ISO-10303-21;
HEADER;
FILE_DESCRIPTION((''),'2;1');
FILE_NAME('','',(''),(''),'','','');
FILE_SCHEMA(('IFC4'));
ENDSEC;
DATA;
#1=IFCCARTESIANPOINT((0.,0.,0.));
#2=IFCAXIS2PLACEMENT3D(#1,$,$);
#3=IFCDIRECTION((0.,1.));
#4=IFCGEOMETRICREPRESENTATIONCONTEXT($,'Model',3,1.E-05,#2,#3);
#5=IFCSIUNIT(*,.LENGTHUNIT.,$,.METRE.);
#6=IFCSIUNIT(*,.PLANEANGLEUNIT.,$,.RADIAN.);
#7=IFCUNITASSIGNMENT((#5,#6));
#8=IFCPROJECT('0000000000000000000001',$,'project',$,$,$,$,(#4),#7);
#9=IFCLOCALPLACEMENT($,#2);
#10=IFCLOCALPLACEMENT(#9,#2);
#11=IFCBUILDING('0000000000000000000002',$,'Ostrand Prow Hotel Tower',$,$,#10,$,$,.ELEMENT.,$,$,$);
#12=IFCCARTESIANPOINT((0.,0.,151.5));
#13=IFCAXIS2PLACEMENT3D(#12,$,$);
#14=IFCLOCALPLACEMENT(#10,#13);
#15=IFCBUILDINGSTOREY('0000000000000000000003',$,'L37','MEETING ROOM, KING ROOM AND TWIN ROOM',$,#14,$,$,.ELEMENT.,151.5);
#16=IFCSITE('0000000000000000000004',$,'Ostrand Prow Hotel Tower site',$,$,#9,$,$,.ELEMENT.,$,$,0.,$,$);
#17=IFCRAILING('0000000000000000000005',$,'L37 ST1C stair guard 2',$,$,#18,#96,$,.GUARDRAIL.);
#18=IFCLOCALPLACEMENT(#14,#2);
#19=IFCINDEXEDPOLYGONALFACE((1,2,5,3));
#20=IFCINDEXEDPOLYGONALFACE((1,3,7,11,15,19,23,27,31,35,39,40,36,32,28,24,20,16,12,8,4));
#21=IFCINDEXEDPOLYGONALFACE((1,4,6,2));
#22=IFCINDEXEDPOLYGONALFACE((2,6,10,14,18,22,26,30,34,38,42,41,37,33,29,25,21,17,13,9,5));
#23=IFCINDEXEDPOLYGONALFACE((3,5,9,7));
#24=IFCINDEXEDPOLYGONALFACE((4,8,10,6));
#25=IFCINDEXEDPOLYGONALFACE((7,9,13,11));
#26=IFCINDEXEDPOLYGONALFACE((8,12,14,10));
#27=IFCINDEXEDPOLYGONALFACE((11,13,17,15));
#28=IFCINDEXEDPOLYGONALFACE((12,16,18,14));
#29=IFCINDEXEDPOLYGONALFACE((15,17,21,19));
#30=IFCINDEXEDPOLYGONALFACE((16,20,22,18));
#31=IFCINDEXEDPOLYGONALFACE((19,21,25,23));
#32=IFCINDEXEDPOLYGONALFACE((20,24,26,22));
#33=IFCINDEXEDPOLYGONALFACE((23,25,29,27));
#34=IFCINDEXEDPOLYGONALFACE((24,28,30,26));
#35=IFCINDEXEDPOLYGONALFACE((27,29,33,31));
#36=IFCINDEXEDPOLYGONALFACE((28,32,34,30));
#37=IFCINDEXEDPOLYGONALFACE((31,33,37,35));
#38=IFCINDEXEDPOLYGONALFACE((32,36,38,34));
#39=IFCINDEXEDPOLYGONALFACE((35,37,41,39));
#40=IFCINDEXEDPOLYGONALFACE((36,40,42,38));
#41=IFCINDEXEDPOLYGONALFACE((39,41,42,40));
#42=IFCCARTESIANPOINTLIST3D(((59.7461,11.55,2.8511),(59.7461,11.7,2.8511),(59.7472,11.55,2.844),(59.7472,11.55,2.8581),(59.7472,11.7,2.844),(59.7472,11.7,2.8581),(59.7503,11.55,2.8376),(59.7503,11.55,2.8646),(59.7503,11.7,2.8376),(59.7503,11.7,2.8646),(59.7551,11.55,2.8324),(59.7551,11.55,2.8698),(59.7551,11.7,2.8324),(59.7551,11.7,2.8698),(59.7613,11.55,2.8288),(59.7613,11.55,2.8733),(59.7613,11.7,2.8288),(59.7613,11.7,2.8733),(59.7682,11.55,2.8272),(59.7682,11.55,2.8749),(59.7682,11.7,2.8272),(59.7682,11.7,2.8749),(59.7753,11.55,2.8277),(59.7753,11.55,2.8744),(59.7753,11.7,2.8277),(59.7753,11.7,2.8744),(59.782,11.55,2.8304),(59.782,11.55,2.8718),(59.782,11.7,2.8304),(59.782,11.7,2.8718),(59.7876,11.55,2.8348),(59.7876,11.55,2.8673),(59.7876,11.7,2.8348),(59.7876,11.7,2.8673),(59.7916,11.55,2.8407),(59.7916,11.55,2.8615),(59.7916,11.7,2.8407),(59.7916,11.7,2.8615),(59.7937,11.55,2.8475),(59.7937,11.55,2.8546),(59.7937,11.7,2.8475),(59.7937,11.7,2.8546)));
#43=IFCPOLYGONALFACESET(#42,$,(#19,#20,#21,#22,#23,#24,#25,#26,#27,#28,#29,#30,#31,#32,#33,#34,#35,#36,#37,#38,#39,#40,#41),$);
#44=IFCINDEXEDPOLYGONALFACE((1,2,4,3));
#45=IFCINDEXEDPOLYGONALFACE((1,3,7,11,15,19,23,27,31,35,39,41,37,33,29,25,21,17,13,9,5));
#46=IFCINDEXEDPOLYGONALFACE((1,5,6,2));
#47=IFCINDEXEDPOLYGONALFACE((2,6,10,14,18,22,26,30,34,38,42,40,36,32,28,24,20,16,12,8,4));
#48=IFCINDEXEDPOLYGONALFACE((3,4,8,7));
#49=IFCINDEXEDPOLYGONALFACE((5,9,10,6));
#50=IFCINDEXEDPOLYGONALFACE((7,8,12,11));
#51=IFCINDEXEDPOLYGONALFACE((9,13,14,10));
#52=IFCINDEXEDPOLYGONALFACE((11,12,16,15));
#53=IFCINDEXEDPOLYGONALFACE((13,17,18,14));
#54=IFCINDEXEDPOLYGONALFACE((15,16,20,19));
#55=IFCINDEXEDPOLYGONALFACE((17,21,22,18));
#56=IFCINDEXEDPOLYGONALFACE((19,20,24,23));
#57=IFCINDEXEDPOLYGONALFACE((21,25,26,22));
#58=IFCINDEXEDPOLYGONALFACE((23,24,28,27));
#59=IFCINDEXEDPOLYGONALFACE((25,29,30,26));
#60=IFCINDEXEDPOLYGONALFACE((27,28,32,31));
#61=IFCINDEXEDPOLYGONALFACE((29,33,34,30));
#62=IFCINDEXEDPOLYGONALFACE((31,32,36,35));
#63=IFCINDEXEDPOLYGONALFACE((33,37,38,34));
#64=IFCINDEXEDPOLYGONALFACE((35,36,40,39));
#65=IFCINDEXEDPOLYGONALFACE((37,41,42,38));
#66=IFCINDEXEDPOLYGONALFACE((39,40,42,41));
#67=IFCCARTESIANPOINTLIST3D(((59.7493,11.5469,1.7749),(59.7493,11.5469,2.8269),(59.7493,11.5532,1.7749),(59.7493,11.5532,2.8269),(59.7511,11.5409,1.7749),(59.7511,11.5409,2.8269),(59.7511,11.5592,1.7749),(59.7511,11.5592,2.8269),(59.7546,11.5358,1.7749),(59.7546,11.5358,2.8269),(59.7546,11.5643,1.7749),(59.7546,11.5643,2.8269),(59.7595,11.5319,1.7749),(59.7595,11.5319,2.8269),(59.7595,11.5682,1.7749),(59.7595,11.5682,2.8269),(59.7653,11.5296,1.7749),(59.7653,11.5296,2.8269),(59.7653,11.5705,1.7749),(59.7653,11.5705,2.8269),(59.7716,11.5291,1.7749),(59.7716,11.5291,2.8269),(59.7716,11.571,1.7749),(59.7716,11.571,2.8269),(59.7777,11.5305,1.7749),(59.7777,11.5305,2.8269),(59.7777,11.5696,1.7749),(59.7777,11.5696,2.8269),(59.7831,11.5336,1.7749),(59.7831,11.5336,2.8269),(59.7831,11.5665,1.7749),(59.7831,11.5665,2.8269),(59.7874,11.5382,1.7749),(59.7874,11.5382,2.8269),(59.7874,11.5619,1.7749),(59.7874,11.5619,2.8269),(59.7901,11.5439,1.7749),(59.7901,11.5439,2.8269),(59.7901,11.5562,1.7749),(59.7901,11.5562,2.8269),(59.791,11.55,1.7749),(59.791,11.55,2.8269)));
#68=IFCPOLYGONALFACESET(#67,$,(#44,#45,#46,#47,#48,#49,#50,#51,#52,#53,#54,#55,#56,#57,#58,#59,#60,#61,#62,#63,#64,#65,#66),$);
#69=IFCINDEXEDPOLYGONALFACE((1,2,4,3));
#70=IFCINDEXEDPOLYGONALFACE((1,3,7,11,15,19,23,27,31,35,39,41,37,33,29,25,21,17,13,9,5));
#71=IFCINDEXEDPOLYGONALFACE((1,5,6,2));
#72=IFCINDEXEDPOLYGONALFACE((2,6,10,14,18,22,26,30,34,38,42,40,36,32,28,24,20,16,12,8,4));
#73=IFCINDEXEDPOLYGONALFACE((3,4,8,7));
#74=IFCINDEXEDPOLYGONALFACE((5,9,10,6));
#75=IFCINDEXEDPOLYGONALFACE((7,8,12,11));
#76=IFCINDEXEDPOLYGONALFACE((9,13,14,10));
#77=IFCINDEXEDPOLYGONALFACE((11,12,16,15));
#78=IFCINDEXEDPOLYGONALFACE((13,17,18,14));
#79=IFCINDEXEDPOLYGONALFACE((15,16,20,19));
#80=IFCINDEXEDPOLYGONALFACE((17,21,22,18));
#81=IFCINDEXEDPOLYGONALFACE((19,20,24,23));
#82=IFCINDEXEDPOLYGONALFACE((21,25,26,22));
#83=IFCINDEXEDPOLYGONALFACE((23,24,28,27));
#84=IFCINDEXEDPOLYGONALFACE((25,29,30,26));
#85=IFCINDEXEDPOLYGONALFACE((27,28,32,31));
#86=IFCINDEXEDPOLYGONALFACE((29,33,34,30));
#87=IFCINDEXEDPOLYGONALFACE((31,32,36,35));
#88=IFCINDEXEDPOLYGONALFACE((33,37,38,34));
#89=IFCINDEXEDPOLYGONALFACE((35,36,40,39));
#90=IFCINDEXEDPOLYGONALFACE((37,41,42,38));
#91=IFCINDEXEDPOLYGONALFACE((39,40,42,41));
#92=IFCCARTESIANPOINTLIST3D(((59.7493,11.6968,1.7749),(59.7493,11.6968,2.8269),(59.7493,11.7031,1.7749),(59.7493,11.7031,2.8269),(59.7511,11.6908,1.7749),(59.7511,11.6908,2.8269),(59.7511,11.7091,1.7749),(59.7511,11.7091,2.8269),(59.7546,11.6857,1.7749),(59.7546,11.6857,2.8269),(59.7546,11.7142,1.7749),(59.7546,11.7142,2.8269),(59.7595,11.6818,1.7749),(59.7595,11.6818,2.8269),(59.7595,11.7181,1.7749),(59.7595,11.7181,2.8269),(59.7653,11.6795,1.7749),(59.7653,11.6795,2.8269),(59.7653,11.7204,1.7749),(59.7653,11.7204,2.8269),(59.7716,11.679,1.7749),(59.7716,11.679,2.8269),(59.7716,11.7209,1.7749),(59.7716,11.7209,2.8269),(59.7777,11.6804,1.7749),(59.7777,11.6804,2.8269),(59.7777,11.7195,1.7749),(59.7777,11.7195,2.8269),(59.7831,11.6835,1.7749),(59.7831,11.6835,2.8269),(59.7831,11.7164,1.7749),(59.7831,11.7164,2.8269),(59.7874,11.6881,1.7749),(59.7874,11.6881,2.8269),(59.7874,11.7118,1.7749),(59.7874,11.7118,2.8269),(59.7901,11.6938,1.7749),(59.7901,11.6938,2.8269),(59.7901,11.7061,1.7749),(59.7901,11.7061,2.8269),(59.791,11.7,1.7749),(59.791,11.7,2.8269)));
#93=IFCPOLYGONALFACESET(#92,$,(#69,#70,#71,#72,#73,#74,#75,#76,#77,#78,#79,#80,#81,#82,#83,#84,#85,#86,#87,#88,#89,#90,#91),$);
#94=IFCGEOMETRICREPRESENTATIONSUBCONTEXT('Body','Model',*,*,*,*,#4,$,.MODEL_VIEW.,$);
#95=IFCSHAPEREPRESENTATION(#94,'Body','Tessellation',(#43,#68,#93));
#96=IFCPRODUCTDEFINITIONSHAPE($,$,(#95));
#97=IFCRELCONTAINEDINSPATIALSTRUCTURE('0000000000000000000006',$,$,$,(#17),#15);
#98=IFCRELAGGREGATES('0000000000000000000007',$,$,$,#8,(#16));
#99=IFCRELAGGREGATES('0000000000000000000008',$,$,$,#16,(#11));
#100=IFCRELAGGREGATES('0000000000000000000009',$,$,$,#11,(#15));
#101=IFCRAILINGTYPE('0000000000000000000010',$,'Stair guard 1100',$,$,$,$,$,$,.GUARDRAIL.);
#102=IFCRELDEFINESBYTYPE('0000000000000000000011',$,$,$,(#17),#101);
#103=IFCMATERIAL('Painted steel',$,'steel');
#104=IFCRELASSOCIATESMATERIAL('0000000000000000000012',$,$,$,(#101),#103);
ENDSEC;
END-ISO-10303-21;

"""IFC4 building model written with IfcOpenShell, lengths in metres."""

from ifc_helpers import new_model, si_unit, direction, frame, origin, origin_2d, place, context, subcontext, project, spatial, circle, extrude, material, type_object, element, save


model = new_model("IFC4")

# Units and contexts
model_context = context("Model", 3, precision=1e-05, world=origin(), true_north=direction((0.0, 1.0)))
body_context = subcontext(model_context, "Body", "Model", "MODEL_VIEW")
ifc_project = project(units=[si_unit("LENGTHUNIT", "METRE"), si_unit("PLANEANGLEUNIT", "RADIAN")], contexts=[model_context])

# Site, building, storey
site_placement = place(None, origin())
site = spatial("IfcSite", under=ifc_project, at=site_placement, Name="Ostrand Prow Hotel Tower site", CompositionType="ELEMENT", RefElevation=0.0)
building_placement = place(site_placement, origin())
building = spatial("IfcBuilding", under=site, at=building_placement, Name="Ostrand Prow Hotel Tower", CompositionType="ELEMENT")
storey_placement = place(building_placement, frame((0.0, 0.0, 151.5)))
storey = spatial("IfcBuildingStorey", under=building, at=storey_placement, Name="L37", Description="MEETING ROOM, KING ROOM AND TWIN ROOM", CompositionType="ELEMENT", Elevation=151.5)

# Railing
ifc_material_1 = material(Name="Painted steel", Category="steel")
railing_type_1 = type_object("IfcRailingType", Name="Stair guard 1100", PredefinedType="GUARDRAIL", material=ifc_material_1)
railing_1_placement = place(storey_placement, frame((59.77, 11.55, 1.7749)))
element("IfcRailing", 1, at=railing_1_placement, inside=storey, type_object=railing_type_1, Name="L37 ST1C stair guard 2", PredefinedType="GUARDRAIL", context=body_context, shape_type="SweptSolid", body=[
    extrude(circle(Radius=0.0239, at=origin_2d()), frame((0.0, 0.0, 1.0762), z_axis=(0.0, 1.0, 0.0), x_axis=(-1.0, 0.0, 0.0)), (0.0, 0.0, 1.0), 0.1499),
    extrude(circle(Radius=0.021, at=origin_2d()), origin(), (0.0, 0.0, 1.0), 1.052),
    extrude(circle(Radius=0.021, at=origin_2d()), frame((0.0, 0.1499, 0.0)), (0.0, 0.0, 1.0), 1.052),
])

save(model, "model.ifc")
